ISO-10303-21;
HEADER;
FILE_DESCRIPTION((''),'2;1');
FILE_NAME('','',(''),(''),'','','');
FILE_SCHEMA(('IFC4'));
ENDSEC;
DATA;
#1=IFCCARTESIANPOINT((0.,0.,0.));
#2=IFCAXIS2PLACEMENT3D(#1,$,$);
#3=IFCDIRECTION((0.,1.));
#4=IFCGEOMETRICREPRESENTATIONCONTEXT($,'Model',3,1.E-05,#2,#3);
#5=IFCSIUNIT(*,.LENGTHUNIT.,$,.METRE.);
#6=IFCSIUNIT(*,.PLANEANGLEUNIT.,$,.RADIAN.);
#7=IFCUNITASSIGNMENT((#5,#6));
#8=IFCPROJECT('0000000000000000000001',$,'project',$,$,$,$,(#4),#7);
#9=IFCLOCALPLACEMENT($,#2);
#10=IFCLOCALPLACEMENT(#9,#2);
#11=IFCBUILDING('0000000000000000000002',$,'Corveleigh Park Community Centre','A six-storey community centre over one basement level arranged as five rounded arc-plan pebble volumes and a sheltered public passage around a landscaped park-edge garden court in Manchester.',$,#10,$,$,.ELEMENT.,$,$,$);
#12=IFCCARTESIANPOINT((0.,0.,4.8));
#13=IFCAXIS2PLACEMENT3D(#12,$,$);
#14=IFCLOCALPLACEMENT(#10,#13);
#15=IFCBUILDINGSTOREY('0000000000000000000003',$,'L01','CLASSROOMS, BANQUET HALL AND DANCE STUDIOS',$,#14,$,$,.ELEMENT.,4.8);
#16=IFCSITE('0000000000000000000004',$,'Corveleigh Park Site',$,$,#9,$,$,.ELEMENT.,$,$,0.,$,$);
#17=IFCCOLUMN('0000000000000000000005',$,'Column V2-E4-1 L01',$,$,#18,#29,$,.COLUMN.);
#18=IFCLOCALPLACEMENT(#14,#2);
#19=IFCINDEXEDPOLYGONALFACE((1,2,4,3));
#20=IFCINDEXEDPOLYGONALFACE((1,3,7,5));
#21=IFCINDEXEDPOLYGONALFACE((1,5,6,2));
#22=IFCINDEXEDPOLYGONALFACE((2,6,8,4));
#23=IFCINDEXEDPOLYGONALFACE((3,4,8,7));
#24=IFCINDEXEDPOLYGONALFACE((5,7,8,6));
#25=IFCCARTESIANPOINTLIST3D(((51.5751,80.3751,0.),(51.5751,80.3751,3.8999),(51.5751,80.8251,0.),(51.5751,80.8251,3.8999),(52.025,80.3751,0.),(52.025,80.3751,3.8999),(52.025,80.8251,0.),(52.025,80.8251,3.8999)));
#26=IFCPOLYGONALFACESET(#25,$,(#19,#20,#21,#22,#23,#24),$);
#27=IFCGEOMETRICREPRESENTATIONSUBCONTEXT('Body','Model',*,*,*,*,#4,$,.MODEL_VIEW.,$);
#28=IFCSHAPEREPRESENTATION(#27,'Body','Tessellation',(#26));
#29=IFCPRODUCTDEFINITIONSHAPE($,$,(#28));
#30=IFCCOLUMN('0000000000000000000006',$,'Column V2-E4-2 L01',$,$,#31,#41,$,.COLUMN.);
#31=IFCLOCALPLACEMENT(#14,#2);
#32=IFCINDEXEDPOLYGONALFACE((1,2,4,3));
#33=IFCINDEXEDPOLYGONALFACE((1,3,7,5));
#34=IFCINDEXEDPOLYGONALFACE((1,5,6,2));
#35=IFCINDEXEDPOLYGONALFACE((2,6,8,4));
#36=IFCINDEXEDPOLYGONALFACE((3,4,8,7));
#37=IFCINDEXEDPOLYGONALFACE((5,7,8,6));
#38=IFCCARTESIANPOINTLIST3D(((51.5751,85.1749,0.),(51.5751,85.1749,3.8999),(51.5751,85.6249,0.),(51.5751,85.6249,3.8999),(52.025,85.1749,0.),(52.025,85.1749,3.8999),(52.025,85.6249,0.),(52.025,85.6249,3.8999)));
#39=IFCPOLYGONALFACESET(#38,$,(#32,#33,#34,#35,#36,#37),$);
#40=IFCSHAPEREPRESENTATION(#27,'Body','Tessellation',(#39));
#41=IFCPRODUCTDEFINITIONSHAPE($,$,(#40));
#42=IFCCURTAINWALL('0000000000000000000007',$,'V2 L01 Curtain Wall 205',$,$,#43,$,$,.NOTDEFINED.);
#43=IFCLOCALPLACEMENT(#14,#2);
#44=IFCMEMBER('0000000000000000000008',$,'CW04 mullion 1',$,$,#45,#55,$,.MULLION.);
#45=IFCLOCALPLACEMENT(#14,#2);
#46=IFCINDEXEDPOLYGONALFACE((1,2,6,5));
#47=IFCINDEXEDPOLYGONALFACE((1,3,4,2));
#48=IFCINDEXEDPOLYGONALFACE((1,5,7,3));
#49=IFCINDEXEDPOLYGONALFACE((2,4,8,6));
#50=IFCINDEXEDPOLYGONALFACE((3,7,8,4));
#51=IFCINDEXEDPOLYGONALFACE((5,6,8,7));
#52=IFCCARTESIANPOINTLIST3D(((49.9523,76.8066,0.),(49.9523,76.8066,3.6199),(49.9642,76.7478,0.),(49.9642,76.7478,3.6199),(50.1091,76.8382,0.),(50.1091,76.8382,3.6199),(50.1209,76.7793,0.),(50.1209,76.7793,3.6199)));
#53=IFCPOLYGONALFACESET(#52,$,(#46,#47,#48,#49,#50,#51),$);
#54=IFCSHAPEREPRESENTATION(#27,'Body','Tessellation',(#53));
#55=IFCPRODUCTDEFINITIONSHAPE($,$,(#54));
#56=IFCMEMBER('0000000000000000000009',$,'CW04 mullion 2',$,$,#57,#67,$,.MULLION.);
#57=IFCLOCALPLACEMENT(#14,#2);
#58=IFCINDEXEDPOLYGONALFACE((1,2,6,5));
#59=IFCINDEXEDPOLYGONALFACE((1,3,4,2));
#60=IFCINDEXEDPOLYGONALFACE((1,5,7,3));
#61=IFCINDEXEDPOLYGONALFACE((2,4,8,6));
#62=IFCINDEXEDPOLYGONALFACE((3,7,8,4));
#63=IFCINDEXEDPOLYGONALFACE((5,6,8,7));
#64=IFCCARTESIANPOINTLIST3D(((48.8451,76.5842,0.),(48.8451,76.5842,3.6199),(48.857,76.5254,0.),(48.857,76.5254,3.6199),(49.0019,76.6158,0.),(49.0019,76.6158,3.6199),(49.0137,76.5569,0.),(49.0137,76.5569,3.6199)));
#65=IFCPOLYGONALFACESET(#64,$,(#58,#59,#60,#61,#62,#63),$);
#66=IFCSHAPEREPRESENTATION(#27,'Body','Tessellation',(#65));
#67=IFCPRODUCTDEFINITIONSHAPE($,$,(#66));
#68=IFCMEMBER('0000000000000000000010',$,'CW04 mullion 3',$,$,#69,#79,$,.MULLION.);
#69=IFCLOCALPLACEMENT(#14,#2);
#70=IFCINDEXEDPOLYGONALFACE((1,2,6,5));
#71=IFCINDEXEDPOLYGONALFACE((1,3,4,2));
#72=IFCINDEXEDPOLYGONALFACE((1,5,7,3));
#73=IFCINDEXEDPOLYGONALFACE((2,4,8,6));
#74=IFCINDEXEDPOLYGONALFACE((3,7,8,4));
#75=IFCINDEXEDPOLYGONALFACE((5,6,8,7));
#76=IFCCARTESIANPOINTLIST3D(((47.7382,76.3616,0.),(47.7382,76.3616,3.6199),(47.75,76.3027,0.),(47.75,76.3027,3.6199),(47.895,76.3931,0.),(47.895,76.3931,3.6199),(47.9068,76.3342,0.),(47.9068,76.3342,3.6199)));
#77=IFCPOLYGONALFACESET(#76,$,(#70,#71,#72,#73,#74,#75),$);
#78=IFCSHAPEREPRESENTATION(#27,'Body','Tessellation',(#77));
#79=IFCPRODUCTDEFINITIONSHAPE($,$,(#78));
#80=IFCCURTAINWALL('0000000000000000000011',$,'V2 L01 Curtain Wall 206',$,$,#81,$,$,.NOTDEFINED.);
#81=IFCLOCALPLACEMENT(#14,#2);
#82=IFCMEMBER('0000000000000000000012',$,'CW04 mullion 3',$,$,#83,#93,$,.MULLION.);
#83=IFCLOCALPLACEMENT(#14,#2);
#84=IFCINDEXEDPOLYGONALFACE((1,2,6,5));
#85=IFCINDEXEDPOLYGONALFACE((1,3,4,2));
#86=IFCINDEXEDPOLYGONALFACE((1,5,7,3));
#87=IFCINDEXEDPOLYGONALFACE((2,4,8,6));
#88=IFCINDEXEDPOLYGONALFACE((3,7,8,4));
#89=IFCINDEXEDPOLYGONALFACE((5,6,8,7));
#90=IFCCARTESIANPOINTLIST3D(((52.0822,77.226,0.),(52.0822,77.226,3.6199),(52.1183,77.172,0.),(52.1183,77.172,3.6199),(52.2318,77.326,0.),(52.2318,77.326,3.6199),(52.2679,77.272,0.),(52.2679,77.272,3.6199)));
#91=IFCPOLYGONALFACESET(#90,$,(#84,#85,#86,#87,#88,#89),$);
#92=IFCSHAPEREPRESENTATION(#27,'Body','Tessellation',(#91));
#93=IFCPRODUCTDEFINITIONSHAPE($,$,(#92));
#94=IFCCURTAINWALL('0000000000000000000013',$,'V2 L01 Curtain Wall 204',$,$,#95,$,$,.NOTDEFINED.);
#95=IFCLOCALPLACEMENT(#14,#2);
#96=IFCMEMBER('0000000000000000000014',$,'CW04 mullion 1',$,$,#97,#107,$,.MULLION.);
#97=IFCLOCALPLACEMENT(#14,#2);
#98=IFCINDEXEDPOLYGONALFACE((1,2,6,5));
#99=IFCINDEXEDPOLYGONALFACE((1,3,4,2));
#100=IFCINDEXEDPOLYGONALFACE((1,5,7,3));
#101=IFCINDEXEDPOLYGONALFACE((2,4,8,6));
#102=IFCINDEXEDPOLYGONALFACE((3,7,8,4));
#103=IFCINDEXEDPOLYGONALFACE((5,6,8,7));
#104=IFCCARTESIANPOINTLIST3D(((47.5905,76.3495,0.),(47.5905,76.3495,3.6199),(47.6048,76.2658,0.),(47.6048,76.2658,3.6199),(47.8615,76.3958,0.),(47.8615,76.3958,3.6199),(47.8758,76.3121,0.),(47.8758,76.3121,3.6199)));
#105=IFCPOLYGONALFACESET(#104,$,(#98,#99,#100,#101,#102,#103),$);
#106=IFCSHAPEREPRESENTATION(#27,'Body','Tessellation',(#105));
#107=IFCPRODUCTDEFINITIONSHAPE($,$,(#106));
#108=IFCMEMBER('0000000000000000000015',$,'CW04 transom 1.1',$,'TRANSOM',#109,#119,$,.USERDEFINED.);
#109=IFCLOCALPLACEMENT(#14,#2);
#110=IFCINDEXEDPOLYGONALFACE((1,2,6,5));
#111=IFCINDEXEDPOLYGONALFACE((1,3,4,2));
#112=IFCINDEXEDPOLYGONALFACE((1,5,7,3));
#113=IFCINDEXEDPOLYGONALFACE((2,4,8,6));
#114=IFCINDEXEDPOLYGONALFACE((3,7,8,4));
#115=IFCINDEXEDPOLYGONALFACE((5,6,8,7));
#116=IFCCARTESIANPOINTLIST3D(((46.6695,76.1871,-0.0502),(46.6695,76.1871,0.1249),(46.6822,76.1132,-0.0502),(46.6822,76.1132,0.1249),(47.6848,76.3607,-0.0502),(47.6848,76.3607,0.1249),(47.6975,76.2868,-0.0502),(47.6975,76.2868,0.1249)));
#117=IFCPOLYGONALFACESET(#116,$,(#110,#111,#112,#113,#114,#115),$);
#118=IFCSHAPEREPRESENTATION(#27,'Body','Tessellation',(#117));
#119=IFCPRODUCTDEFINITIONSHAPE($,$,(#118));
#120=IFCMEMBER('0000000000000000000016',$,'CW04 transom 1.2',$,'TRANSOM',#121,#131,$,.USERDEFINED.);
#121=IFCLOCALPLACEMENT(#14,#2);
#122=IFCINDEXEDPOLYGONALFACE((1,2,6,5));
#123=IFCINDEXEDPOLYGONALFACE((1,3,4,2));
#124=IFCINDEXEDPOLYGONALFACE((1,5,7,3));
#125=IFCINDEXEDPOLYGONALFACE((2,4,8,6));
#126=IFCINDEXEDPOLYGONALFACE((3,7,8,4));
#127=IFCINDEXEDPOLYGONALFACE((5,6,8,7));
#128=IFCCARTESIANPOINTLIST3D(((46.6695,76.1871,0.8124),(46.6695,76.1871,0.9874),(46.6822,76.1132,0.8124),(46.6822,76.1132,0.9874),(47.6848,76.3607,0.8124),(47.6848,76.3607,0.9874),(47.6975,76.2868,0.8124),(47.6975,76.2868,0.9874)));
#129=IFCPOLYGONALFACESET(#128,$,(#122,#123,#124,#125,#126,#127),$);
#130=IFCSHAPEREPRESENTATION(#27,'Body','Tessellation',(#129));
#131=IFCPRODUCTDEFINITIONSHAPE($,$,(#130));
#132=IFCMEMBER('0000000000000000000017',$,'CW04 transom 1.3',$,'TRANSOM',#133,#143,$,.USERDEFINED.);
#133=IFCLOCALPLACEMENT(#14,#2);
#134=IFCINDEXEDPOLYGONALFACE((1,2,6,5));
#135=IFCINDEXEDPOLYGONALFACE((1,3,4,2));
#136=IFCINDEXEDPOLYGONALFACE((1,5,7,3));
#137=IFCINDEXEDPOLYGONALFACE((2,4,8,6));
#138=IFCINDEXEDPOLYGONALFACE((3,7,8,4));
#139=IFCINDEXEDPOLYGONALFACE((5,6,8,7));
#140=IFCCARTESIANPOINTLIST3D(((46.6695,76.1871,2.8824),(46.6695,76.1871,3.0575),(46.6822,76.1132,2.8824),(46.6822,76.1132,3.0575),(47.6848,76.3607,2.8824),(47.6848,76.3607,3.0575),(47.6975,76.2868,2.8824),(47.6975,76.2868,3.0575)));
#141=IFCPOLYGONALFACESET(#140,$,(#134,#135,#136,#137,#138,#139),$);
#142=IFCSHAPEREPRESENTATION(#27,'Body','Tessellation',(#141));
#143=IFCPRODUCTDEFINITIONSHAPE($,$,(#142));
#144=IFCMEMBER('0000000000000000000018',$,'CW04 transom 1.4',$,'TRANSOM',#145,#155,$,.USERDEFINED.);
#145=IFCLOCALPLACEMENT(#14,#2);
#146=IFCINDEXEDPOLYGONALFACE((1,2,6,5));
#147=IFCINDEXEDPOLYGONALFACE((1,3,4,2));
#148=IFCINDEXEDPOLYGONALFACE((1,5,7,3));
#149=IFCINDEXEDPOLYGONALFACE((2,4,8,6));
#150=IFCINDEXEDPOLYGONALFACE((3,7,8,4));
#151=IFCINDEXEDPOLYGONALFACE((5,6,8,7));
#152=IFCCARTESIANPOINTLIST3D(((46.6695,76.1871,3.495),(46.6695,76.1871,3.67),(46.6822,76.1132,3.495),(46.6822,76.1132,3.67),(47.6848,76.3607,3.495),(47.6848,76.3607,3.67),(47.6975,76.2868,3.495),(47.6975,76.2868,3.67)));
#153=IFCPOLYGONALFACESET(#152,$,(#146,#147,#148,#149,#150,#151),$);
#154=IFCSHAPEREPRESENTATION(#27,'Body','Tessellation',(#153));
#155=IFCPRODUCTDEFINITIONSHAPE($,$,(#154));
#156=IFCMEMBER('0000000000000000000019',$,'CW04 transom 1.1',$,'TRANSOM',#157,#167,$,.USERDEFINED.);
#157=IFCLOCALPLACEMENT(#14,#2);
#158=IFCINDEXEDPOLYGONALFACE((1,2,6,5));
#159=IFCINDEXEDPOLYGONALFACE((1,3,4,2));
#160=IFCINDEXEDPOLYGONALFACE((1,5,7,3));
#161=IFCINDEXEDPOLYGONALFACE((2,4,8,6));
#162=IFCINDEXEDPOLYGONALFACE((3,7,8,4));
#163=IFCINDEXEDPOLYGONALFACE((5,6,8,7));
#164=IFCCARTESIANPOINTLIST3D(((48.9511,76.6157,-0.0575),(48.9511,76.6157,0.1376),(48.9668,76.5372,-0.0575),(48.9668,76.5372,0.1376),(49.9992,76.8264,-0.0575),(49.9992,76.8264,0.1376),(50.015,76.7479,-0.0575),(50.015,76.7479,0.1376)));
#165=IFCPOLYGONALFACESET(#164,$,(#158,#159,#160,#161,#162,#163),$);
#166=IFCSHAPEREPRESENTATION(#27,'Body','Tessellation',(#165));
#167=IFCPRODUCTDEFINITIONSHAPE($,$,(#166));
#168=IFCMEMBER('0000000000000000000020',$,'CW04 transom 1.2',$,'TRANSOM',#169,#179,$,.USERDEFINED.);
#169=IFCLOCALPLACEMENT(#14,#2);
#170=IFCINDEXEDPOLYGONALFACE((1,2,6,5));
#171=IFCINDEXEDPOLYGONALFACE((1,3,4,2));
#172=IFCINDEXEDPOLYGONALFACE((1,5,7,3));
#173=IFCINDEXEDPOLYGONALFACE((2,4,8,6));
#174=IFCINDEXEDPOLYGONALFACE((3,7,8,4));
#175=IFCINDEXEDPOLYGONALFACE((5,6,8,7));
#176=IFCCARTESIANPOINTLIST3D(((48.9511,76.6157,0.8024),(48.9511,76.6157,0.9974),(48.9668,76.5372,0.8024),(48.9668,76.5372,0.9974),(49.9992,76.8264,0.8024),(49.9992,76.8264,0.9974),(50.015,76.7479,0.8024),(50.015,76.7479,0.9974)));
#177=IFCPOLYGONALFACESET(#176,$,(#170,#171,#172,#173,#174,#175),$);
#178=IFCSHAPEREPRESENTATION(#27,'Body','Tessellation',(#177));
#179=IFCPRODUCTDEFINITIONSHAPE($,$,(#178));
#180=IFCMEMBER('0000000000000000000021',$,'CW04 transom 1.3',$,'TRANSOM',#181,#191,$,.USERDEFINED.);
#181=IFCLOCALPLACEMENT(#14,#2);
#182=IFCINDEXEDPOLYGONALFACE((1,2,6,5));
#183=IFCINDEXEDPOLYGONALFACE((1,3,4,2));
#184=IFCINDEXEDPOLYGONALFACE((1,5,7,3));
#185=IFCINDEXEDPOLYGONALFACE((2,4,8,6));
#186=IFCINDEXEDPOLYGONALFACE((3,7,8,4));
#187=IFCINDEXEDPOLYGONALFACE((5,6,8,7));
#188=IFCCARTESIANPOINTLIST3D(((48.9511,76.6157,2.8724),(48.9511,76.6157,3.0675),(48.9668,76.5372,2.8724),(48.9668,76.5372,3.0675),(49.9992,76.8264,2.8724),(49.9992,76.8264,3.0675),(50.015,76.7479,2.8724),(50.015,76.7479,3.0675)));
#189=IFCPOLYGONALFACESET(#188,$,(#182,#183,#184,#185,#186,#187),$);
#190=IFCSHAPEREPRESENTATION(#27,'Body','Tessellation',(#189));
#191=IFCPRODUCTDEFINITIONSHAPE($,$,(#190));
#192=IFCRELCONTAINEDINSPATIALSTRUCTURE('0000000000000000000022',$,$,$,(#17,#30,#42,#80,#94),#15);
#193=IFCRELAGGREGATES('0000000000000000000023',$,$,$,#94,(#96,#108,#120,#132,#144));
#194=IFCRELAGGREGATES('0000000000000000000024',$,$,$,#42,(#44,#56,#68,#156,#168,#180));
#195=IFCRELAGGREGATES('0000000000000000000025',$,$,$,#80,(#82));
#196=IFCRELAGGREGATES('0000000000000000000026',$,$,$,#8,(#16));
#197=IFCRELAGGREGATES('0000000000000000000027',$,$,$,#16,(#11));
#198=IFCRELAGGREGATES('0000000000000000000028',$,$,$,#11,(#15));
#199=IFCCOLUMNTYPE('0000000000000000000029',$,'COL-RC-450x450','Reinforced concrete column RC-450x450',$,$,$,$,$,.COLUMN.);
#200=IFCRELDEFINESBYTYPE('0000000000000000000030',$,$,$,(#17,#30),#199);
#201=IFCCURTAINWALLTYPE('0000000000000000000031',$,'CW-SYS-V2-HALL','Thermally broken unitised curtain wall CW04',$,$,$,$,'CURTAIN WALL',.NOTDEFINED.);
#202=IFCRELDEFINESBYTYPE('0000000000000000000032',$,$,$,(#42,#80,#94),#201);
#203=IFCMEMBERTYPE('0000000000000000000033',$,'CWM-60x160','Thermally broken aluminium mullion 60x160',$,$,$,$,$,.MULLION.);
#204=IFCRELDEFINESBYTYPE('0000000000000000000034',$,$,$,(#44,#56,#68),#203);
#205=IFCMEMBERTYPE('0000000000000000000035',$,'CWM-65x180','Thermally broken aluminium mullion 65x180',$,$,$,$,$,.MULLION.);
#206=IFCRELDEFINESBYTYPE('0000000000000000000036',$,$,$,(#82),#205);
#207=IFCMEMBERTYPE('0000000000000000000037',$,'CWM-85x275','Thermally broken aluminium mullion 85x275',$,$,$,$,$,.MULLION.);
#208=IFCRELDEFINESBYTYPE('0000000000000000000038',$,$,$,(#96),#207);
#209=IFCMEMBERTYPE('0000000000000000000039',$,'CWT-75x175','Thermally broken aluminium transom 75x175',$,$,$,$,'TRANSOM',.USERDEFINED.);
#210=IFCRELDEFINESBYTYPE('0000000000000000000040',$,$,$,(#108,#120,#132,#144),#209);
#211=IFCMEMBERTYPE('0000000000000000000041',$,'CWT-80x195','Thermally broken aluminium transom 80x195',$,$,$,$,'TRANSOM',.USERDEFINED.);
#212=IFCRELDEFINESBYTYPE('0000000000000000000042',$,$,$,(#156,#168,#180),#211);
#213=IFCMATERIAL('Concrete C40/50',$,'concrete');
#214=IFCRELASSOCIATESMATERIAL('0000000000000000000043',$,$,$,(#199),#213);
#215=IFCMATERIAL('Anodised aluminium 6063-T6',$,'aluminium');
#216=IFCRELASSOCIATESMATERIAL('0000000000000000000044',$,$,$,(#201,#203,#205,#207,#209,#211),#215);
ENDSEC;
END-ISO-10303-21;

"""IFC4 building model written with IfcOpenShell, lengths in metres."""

from ifc_helpers import new_model, si_unit, direction, frame, origin, origin_2d, place, context, subcontext, project, spatial, rectangle, extrude, material, material_profile, profile_set, type_object, element, aggregate, save


model = new_model("IFC4")

# Units and contexts
model_context = context("Model", 3, precision=1e-05, world=origin(), true_north=direction((0.0, 1.0)))
body_context = subcontext(model_context, "Body", "Model", "MODEL_VIEW")
ifc_project = project(units=[si_unit("LENGTHUNIT", "METRE"), si_unit("PLANEANGLEUNIT", "RADIAN")], contexts=[model_context])

# Site, building, storey
site_placement = place(None, origin())
site = spatial("IfcSite", under=ifc_project, at=site_placement, Name="Corveleigh Park Site", CompositionType="ELEMENT", RefElevation=0.0)
building_placement = place(site_placement, origin())
building = spatial("IfcBuilding", under=site, at=building_placement, Name="Corveleigh Park Community Centre", Description="A six-storey community centre over one basement level arranged as five rounded arc-plan pebble volumes and a sheltered public passage around a landscaped park-edge garden court in Manchester.", CompositionType="ELEMENT")
storey_placement = place(building_placement, frame((0.0, 0.0, 4.8)))
storey = spatial("IfcBuildingStorey", under=building, at=storey_placement, Name="L01", Description="CLASSROOMS, BANQUET HALL AND DANCE STUDIOS", CompositionType="ELEMENT", Elevation=4.8)

# Columns
ifc_material_1 = material(Name="Concrete C40/50", Category="concrete")
ifc_material_profile_1 = material_profile(ifc_material_1, rectangle(XDim=0.45, YDim=0.45, at=origin_2d()), Name="RC-450x450", Category="concrete")
ifc_profile_set_1 = profile_set([ifc_material_profile_1], Name="Concrete C40/50")
column_type = type_object("IfcColumnType", Name="COL-RC-450x450", Description="Reinforced concrete column RC-450x450", PredefinedType="COLUMN", material=ifc_profile_set_1)
for number, where, z_axis, x_axis, name in (
    (1, (51.8, 80.6001, 0.0), (0.0, 0.0, 1.0), (1.0, 0.0, 0.0), "Column V2-E4-1 L01"),
    (2, (51.8, 85.3999, 0.0), (0.0, 0.0, 1.0), (1.0, 0.0, 0.0), "Column V2-E4-2 L01"),
):
    element("IfcColumn", number, at=place(storey_placement, frame(where, z_axis=z_axis, x_axis=x_axis)), inside=storey, type_object=column_type, Name=name, PredefinedType="COLUMN", context=body_context, shape_type="SweptSolid", body=[
        extrude(rectangle(XDim=0.45, YDim=0.45, at=origin_2d()), origin(), (0.0, 0.0, 1.0), 3.8999),
    ])

# Curtain wall, members
ifc_material_2 = material(Name="Anodised aluminium 6063-T6", Category="aluminium")
curtain_wall_type = type_object("IfcCurtainWallType", Name="CW-SYS-V2-HALL", Description="Thermally broken unitised curtain wall CW04", ElementType="CURTAIN WALL", PredefinedType="NOTDEFINED", material=ifc_material_2)
curtain_wall_1_placement = place(storey_placement, origin())
curtain_wall_1 = element("IfcCurtainWall", 3, at=curtain_wall_1_placement, inside=storey, type_object=curtain_wall_type, Name="V2 L01 Curtain Wall 205", PredefinedType="NOTDEFINED")
ifc_material_profile_2 = material_profile(ifc_material_2, rectangle(XDim=0.0601, YDim=0.1599, at=origin_2d()), Name="ALU-M60x160", Category="aluminium")
ifc_profile_set_2 = profile_set([ifc_material_profile_2], Name="Anodised aluminium 6063-T6")
member_type_1 = type_object("IfcMemberType", Name="CWM-60x160", Description="Thermally broken aluminium mullion 60x160", PredefinedType="MULLION", material=ifc_profile_set_2)
member_1_placement = place(storey_placement, frame((50.0366, 76.793, 0.0), z_axis=(0.0, 0.0, 1.0), x_axis=(0.197111, -0.980381, 0.0)))
member_1 = element("IfcMember", 4, at=member_1_placement, type_object=member_type_1, Name="CW04 mullion 1", PredefinedType="MULLION", context=body_context, shape_type="SweptSolid", body=[
    extrude(rectangle(XDim=0.0601, YDim=0.1599, at=origin_2d()), origin(), (0.0, 0.0, 1.0), 3.6199),
])
member_2_placement = place(storey_placement, frame((48.9294, 76.5706, 0.0), z_axis=(0.0, 0.0, 1.0), x_axis=(0.197111, -0.980381, 0.0)))
member_2 = element("IfcMember", 5, at=member_2_placement, type_object=member_type_1, Name="CW04 mullion 2", PredefinedType="MULLION", context=body_context, shape_type="SweptSolid", body=[
    extrude(rectangle(XDim=0.0601, YDim=0.1599, at=origin_2d()), origin(), (0.0, 0.0, 1.0), 3.6199),
])
member_3_placement = place(storey_placement, frame((47.8225, 76.3479, 0.0), z_axis=(0.0, 0.0, 1.0), x_axis=(0.197111, -0.980381, 0.0)))
member_3 = element("IfcMember", 6, at=member_3_placement, type_object=member_type_1, Name="CW04 mullion 3", PredefinedType="MULLION", context=body_context, shape_type="SweptSolid", body=[
    extrude(rectangle(XDim=0.0601, YDim=0.1599, at=origin_2d()), origin(), (0.0, 0.0, 1.0), 3.6199),
])

# Curtain wall, member
curtain_wall_2_placement = place(storey_placement, origin())
curtain_wall_2 = element("IfcCurtainWall", 7, at=curtain_wall_2_placement, inside=storey, type_object=curtain_wall_type, Name="V2 L01 Curtain Wall 206", PredefinedType="NOTDEFINED")
ifc_material_profile_3 = material_profile(ifc_material_2, rectangle(XDim=0.0649, YDim=0.1799, at=origin_2d()), Name="ALU-M65x180", Category="aluminium")
ifc_profile_set_3 = profile_set([ifc_material_profile_3], Name="Anodised aluminium 6063-T6")
member_type_2 = type_object("IfcMemberType", Name="CWM-65x180", Description="Thermally broken aluminium mullion 65x180", PredefinedType="MULLION", material=ifc_profile_set_3)
member_4_placement = place(storey_placement, frame((52.175, 77.249, 0.0), z_axis=(0.0, 0.0, 1.0), x_axis=(0.555512, -0.831509, 0.0)))
member_4 = element("IfcMember", 8, at=member_4_placement, type_object=member_type_2, Name="CW04 mullion 3", PredefinedType="MULLION", context=body_context, shape_type="SweptSolid", body=[
    extrude(rectangle(XDim=0.0649, YDim=0.1799, at=origin_2d()), origin(), (0.0, 0.0, 1.0), 3.6199),
])

# Curtain wall, members
curtain_wall_3_placement = place(storey_placement, origin())
curtain_wall_3 = element("IfcCurtainWall", 9, at=curtain_wall_3_placement, inside=storey, type_object=curtain_wall_type, Name="V2 L01 Curtain Wall 204", PredefinedType="NOTDEFINED")
ifc_material_profile_4 = material_profile(ifc_material_2, rectangle(XDim=0.085, YDim=0.2749, at=origin_2d()), Name="ALU-M85x275", Category="aluminium")
ifc_profile_set_4 = profile_set([ifc_material_profile_4], Name="Anodised aluminium 6063-T6")
member_type_3 = type_object("IfcMemberType", Name="CWM-85x275", Description="Thermally broken aluminium mullion 85x275", PredefinedType="MULLION", material=ifc_profile_set_4)
member_5_placement = place(storey_placement, frame((47.7332, 76.3308, 0.0), z_axis=(0.0, 0.0, 1.0), x_axis=(0.16846, -0.985708, 0.0)))
member_5 = element("IfcMember", 10, at=member_5_placement, type_object=member_type_3, Name="CW04 mullion 1", PredefinedType="MULLION", context=body_context, shape_type="SweptSolid", body=[
    extrude(rectangle(XDim=0.085, YDim=0.2749, at=origin_2d()), origin(), (0.0, 0.0, 1.0), 3.6199),
])
ifc_material_profile_5 = material_profile(ifc_material_2, rectangle(XDim=0.075, YDim=0.175, at=origin_2d()), Name="ALU-T75x175", Category="aluminium")
ifc_profile_set_5 = profile_set([ifc_material_profile_5], Name="Anodised aluminium 6063-T6")
member_type_4 = type_object("IfcMemberType", Name="CWT-75x175", Description="Thermally broken aluminium transom 75x175", ElementType="TRANSOM", PredefinedType="USERDEFINED", material=ifc_profile_set_5)
member_6_placement = place(storey_placement, frame((47.6912, 76.3237, 0.0374), z_axis=(-0.9857, -0.16851, 0.0), x_axis=(0.16851, -0.9857, 0.0)))
member_6 = element("IfcMember", 11, at=member_6_placement, type_object=member_type_4, Name="CW04 transom 1.1", ObjectType="TRANSOM", PredefinedType="USERDEFINED", context=body_context, shape_type="SweptSolid", body=[
    extrude(rectangle(XDim=0.075, YDim=0.175, at=origin_2d()), origin(), (0.0, 0.0, 1.0), 1.03),
])
member_7_placement = place(storey_placement, frame((47.6912, 76.3237, 0.8999), z_axis=(-0.9857, -0.16851, 0.0), x_axis=(0.16851, -0.9857, 0.0)))
member_7 = element("IfcMember", 12, at=member_7_placement, type_object=member_type_4, Name="CW04 transom 1.2", ObjectType="TRANSOM", PredefinedType="USERDEFINED", context=body_context, shape_type="SweptSolid", body=[
    extrude(rectangle(XDim=0.075, YDim=0.175, at=origin_2d()), origin(), (0.0, 0.0, 1.0), 1.03),
])
member_8_placement = place(storey_placement, frame((47.6912, 76.3237, 2.97), z_axis=(-0.9857, -0.16851, 0.0), x_axis=(0.16851, -0.9857, 0.0)))
member_8 = element("IfcMember", 13, at=member_8_placement, type_object=member_type_4, Name="CW04 transom 1.3", ObjectType="TRANSOM", PredefinedType="USERDEFINED", context=body_context, shape_type="SweptSolid", body=[
    extrude(rectangle(XDim=0.075, YDim=0.175, at=origin_2d()), origin(), (0.0, 0.0, 1.0), 1.03),
])
member_9_placement = place(storey_placement, frame((47.6912, 76.3237, 3.5825), z_axis=(-0.9857, -0.16851, 0.0), x_axis=(0.16851, -0.9857, 0.0)))
member_9 = element("IfcMember", 14, at=member_9_placement, type_object=member_type_4, Name="CW04 transom 1.4", ObjectType="TRANSOM", PredefinedType="USERDEFINED", context=body_context, shape_type="SweptSolid", body=[
    extrude(rectangle(XDim=0.075, YDim=0.175, at=origin_2d()), origin(), (0.0, 0.0, 1.0), 1.03),
])
aggregate(curtain_wall_3, [member_5, member_6, member_7, member_8, member_9])

# Members
ifc_material_profile_6 = material_profile(ifc_material_2, rectangle(XDim=0.0801, YDim=0.1951, at=origin_2d()), Name="ALU-T80x195", Category="aluminium")
ifc_profile_set_6 = profile_set([ifc_material_profile_6], Name="Anodised aluminium 6063-T6")
member_type_5 = type_object("IfcMemberType", Name="CWT-80x195", Description="Thermally broken aluminium transom 80x195", ElementType="TRANSOM", PredefinedType="USERDEFINED", material=ifc_profile_set_6)
member_10_placement = place(storey_placement, frame((50.0071, 76.7871, 0.04), z_axis=(-0.980387, -0.197082, 0.0), x_axis=(0.197082, -0.980387, 0.0)))
member_10 = element("IfcMember", 15, at=member_10_placement, type_object=member_type_5, Name="CW04 transom 1.1", ObjectType="TRANSOM", PredefinedType="USERDEFINED", context=body_context, shape_type="SweptSolid", body=[
    extrude(rectangle(XDim=0.0801, YDim=0.1951, at=origin_2d()), origin(), (0.0, 0.0, 1.0), 1.0691),
])
member_11_placement = place(storey_placement, frame((50.0071, 76.7871, 0.8999), z_axis=(-0.980387, -0.197082, 0.0), x_axis=(0.197082, -0.980387, 0.0)))
member_11 = element("IfcMember", 16, at=member_11_placement, type_object=member_type_5, Name="CW04 transom 1.2", ObjectType="TRANSOM", PredefinedType="USERDEFINED", context=body_context, shape_type="SweptSolid", body=[
    extrude(rectangle(XDim=0.0801, YDim=0.1951, at=origin_2d()), origin(), (0.0, 0.0, 1.0), 1.0691),
])
member_12_placement = place(storey_placement, frame((50.0071, 76.7871, 2.97), z_axis=(-0.980387, -0.197082, 0.0), x_axis=(0.197082, -0.980387, 0.0)))
member_12 = element("IfcMember", 17, at=member_12_placement, type_object=member_type_5, Name="CW04 transom 1.3", ObjectType="TRANSOM", PredefinedType="USERDEFINED", context=body_context, shape_type="SweptSolid", body=[
    extrude(rectangle(XDim=0.0801, YDim=0.1951, at=origin_2d()), origin(), (0.0, 0.0, 1.0), 1.0691),
])

aggregate(curtain_wall_1, [member_1, member_2, member_3, member_10, member_11, member_12])
aggregate(curtain_wall_2, [member_4])

save(model, "model.ifc")
